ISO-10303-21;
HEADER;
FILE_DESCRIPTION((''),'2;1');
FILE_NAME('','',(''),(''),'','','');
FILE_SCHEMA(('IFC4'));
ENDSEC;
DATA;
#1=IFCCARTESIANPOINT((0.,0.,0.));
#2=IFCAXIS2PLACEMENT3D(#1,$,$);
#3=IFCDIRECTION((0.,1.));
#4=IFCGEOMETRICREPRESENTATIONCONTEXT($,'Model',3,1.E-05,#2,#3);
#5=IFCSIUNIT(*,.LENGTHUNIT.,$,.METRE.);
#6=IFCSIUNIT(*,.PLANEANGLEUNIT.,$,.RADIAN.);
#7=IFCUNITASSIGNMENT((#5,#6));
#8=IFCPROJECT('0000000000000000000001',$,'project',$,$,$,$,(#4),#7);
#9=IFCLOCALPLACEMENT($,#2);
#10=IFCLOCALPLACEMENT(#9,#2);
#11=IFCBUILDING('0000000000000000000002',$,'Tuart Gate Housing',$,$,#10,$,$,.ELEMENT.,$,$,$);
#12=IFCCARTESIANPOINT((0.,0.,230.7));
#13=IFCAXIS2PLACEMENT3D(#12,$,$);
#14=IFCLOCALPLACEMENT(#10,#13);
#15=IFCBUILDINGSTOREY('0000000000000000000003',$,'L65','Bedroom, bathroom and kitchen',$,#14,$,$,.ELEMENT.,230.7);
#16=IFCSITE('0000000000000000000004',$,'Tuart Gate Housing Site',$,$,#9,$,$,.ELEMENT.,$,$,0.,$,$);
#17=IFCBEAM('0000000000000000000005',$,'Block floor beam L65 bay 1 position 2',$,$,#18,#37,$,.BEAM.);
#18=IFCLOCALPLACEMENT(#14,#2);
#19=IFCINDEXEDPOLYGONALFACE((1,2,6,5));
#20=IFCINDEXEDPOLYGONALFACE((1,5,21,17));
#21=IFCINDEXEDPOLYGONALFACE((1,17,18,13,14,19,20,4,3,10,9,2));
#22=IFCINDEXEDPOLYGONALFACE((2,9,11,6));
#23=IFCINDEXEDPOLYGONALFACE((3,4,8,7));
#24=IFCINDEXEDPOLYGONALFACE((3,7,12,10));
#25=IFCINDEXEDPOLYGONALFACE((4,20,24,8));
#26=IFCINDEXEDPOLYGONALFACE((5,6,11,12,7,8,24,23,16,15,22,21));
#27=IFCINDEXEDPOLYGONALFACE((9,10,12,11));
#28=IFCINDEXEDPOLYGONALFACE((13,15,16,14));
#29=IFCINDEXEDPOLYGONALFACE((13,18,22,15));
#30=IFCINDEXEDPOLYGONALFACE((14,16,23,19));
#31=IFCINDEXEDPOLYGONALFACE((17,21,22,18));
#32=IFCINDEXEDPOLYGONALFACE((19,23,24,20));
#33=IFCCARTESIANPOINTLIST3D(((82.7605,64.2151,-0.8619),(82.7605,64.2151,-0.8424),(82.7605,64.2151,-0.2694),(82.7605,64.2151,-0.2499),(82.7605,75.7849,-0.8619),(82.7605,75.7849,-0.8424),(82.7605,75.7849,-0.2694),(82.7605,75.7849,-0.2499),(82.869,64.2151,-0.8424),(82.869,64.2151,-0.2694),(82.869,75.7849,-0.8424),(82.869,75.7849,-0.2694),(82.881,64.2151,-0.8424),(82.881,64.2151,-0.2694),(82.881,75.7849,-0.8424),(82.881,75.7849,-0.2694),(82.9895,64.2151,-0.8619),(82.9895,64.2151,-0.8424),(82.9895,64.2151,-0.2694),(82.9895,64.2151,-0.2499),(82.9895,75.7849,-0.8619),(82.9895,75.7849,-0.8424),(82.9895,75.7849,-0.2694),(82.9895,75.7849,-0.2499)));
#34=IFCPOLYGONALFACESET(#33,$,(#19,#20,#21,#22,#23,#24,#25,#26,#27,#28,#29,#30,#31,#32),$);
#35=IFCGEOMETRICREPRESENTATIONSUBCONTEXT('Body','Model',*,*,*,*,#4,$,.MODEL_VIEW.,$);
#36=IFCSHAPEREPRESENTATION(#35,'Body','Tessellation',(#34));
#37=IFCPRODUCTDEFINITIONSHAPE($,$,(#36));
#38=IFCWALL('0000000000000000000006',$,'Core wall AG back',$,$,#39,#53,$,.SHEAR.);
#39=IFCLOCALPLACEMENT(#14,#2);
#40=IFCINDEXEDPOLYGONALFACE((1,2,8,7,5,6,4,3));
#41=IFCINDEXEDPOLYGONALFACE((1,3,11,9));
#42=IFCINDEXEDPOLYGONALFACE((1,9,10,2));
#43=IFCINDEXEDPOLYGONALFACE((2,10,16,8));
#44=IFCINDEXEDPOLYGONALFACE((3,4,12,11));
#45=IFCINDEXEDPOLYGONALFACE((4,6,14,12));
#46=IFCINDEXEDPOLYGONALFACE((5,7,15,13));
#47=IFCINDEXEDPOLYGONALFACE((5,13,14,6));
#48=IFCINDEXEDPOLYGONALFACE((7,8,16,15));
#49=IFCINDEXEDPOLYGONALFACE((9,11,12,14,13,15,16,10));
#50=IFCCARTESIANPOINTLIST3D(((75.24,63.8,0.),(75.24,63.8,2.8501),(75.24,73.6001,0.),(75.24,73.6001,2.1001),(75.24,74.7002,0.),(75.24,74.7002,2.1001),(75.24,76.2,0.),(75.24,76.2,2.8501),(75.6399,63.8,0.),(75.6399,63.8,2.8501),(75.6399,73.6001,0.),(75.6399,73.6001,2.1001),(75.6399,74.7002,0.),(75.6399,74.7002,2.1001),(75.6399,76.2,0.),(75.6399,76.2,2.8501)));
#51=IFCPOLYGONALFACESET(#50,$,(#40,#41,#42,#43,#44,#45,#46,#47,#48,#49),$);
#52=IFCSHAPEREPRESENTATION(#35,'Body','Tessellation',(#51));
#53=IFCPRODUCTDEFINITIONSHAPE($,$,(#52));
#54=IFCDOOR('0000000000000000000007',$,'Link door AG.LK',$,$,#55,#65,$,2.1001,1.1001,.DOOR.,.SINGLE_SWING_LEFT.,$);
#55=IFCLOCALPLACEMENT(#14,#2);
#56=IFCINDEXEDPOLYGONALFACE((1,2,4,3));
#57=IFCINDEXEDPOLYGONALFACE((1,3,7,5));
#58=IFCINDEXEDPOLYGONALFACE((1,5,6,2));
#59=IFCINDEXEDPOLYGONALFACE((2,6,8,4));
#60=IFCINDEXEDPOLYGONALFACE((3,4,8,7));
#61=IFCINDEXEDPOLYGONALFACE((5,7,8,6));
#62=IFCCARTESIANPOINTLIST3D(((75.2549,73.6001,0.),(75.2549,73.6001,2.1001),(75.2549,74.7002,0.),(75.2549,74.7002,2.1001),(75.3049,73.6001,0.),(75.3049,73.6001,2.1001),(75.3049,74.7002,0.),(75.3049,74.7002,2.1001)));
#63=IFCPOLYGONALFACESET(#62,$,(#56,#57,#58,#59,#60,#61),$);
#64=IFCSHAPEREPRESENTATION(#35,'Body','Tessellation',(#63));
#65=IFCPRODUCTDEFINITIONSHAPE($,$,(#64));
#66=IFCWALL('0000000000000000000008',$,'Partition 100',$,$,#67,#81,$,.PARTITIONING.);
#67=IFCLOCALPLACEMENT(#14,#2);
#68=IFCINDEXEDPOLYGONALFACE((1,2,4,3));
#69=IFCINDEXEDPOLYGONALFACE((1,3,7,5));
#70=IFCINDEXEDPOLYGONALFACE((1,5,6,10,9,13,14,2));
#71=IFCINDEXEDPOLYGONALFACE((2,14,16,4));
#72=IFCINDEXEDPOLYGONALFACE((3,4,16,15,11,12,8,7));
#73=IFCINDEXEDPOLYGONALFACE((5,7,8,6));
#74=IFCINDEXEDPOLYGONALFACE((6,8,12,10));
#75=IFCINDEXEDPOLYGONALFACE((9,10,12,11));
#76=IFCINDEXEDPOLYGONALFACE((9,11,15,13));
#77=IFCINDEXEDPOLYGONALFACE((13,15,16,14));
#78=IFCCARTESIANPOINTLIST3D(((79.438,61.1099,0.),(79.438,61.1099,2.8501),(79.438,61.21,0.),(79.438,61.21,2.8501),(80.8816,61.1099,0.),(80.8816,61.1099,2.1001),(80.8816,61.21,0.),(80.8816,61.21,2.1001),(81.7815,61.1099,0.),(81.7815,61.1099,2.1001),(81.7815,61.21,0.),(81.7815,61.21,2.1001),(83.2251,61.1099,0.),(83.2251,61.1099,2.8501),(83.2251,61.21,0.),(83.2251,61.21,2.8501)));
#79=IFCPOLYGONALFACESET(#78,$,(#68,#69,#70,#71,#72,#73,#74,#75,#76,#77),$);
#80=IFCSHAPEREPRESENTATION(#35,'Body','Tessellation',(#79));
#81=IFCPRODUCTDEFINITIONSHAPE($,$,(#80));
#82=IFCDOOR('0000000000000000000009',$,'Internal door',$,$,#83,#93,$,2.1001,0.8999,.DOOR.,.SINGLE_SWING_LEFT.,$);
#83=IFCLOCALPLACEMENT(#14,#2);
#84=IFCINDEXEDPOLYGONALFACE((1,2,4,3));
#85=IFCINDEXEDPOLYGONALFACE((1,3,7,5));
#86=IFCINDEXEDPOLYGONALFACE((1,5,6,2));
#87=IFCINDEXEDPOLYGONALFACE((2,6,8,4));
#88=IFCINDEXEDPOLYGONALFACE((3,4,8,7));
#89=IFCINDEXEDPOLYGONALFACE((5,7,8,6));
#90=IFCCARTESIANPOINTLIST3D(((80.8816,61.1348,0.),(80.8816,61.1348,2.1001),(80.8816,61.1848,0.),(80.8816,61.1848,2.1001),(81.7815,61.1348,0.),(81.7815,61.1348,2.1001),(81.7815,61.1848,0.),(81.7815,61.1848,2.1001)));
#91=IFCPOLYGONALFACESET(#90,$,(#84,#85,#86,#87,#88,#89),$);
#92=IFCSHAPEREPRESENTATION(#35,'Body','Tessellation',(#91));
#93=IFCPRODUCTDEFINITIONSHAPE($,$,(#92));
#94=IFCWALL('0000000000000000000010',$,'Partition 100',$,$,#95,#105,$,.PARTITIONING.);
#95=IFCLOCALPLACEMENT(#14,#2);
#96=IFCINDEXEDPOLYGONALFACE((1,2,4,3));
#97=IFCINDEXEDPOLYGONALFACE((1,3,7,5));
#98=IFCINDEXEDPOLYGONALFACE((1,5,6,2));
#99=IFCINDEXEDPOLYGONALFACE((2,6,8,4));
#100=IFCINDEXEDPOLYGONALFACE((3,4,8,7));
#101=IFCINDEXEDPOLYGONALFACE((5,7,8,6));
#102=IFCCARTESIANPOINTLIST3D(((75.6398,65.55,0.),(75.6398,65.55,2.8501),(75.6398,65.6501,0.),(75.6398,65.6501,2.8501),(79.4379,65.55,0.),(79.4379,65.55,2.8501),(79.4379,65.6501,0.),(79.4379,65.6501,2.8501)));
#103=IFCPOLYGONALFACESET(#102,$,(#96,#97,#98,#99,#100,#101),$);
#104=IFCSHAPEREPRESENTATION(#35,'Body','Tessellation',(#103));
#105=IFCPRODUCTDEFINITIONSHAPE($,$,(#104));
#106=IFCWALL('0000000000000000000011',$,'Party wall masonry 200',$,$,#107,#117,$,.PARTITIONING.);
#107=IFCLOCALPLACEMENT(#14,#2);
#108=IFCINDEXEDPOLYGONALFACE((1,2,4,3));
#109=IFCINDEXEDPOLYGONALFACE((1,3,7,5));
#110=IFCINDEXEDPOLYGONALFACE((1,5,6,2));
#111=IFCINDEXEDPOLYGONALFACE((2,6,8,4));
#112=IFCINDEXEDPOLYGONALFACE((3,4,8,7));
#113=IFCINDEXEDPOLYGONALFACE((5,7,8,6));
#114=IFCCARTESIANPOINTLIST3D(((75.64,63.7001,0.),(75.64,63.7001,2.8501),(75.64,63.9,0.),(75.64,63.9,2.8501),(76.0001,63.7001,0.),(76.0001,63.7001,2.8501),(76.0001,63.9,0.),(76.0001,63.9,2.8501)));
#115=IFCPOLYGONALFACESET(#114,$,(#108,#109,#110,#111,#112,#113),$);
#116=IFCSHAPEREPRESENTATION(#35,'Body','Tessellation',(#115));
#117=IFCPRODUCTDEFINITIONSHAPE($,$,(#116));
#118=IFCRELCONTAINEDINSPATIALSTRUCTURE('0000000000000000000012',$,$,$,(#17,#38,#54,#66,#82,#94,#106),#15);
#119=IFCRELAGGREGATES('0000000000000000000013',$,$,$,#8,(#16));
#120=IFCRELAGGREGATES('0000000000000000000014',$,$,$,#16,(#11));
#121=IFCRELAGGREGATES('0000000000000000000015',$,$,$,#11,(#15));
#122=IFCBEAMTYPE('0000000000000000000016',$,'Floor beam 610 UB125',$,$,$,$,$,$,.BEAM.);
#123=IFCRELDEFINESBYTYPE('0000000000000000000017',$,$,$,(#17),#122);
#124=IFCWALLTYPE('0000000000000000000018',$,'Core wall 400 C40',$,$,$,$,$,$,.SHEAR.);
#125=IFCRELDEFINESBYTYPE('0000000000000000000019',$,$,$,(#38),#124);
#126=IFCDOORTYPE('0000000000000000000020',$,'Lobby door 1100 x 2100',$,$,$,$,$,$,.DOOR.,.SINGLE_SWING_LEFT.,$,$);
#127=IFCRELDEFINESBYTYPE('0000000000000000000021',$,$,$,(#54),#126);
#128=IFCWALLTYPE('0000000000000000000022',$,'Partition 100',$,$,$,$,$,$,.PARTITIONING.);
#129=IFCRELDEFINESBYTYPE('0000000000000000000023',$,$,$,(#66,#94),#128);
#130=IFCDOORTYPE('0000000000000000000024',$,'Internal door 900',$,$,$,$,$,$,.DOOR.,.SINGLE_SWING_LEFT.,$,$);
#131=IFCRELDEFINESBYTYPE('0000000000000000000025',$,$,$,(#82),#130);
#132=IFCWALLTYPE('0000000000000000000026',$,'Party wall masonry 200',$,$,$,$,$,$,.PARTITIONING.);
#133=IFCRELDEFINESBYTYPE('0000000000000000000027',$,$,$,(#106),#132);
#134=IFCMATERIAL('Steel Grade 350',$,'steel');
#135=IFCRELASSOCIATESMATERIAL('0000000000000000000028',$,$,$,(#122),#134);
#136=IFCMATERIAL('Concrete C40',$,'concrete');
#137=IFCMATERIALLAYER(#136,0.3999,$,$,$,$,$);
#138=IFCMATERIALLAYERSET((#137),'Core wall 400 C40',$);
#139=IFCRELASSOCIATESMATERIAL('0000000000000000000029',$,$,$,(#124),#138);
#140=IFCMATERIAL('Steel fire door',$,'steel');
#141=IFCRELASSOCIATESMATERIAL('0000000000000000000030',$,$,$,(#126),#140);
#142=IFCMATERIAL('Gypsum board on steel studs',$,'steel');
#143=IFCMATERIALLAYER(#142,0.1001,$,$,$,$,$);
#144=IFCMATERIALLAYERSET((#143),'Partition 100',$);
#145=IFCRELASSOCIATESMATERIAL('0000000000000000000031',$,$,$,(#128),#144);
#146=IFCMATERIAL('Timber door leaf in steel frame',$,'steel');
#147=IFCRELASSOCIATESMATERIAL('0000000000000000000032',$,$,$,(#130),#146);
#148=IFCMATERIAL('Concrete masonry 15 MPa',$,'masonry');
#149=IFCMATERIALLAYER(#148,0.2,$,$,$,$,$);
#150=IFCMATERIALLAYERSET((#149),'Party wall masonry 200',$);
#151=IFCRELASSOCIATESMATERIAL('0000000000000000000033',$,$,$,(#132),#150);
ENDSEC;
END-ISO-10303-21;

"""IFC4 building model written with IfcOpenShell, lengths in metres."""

from ifc_helpers import new_model, si_unit, direction, frame, frame_2d, origin, origin_2d, place, context, subcontext, project, spatial, rectangle, i_section, extrude, material, layer, layer_set, material_profile, profile_set, type_object, element, fill, save


model = new_model("IFC4")

# Units and contexts
model_context = context("Model", 3, precision=1e-05, world=origin(), true_north=direction((0.0, 1.0)))
body_context = subcontext(model_context, "Body", "Model", "MODEL_VIEW")
ifc_project = project(units=[si_unit("LENGTHUNIT", "METRE"), si_unit("PLANEANGLEUNIT", "RADIAN")], contexts=[model_context])

# Site, building, storey
site_placement = place(None, origin())
site = spatial("IfcSite", under=ifc_project, at=site_placement, Name="Tuart Gate Housing Site", CompositionType="ELEMENT", RefElevation=0.0)
building_placement = place(site_placement, origin())
building = spatial("IfcBuilding", under=site, at=building_placement, Name="Tuart Gate Housing", CompositionType="ELEMENT")
storey_placement = place(building_placement, frame((0.0, 0.0, 230.7)))
storey = spatial("IfcBuildingStorey", under=building, at=storey_placement, Name="L65", Description="Bedroom, bathroom and kitchen", CompositionType="ELEMENT", Elevation=230.7)

# Beam
ifc_material_1 = material(Name="Steel Grade 350", Category="steel")
ifc_material_profile = material_profile(ifc_material_1, i_section(OverallWidth=0.229, OverallDepth=0.6121, WebThickness=0.012, FlangeThickness=0.0195, at=origin_2d()), Name="610UB125")
ifc_profile_set = profile_set([ifc_material_profile], Name="Steel Grade 350")
beam_type = type_object("IfcBeamType", Name="Floor beam 610 UB125", PredefinedType="BEAM", material=ifc_profile_set)
beam_placement = place(storey_placement, frame((82.875, 64.2151, -0.5559), z_axis=(0.0, 1.0, 0.0), x_axis=(-1.0, 0.0, 0.0)))
element("IfcBeam", 1, at=beam_placement, inside=storey, type_object=beam_type, Name="Block floor beam L65 bay 1 position 2", PredefinedType="BEAM", context=body_context, shape_type="SweptSolid", body=[
    extrude(i_section(OverallWidth=0.229, OverallDepth=0.6121, WebThickness=0.012, FlangeThickness=0.0195, at=origin_2d()), origin(), (0.0, 0.0, 1.0), 11.5698),
])

# Walls, openings, doors
ifc_material_2 = material(Name="Concrete C40", Category="concrete")
ifc_layer_1 = layer(ifc_material_2, 0.3999)
ifc_layer_set_1 = layer_set([ifc_layer_1], Name="Core wall 400 C40")
wall_type_1 = type_object("IfcWallType", Name="Core wall 400 C40", PredefinedType="SHEAR", material=ifc_layer_set_1)
wall_1_placement = place(storey_placement, frame((75.4399, 63.8, 0.0), z_axis=(0.0, 0.0, 1.0), x_axis=(0.0, 1.0, 0.0)))
wall_1 = element("IfcWall", 2, at=wall_1_placement, inside=storey, type_object=wall_type_1, Name="Core wall AG back", PredefinedType="SHEAR", context=body_context, shape_type="SweptSolid", body=[
    extrude(rectangle(XDim=12.3999, YDim=0.3999, at=frame_2d((6.2, 0.0))), origin(), (0.0, 0.0, 1.0), 2.8501),
])
opening_1_placement = place(wall_1_placement, frame((9.8, 0.0, 0.0)))
opening_1 = element("IfcOpeningElement", 3, at=opening_1_placement, cuts=wall_1, PredefinedType="OPENING", context=body_context, shape_type="SweptSolid", body=[
    extrude(rectangle(XDim=1.1001, YDim=2.1001, at=frame_2d((0.55, 1.05))), frame((0.0, 0.21, 0.0), z_axis=(0.0, -1.0, 0.0), x_axis=(1.0, 0.0, 0.0)), (0.0, 0.0, 1.0), 0.4199),
])
ifc_material_3 = material(Name="Steel fire door", Category="steel")
door_type_1 = type_object("IfcDoorType", Name="Lobby door 1100 x 2100", OperationType="SINGLE_SWING_LEFT", PredefinedType="DOOR", material=ifc_material_3)
door_1_placement = place(opening_1_placement, origin())
door_1 = element("IfcDoor", 4, at=door_1_placement, inside=storey, type_object=door_type_1, Name="Link door AG.LK", OperationType="SINGLE_SWING_LEFT", OverallHeight=2.1001, OverallWidth=1.1001, PredefinedType="DOOR", context=body_context, shape_type="SweptSolid", body=[
    extrude(rectangle(XDim=1.1001, YDim=2.1001, at=frame_2d((0.55, 1.05))), frame((0.0, 0.1851, 0.0), z_axis=(0.0, -1.0, 0.0), x_axis=(1.0, 0.0, 0.0)), (0.0, 0.0, 1.0), 0.05),
])
fill(opening_1, door_1)
ifc_material_4 = material(Name="Gypsum board on steel studs", Category="steel")
ifc_layer_2 = layer(ifc_material_4, 0.1001)
ifc_layer_set_2 = layer_set([ifc_layer_2], Name="Partition 100")
wall_type_2 = type_object("IfcWallType", Name="Partition 100", PredefinedType="PARTITIONING", material=ifc_layer_set_2)
wall_2_placement = place(storey_placement, frame((79.438, 61.1599, 0.0), z_axis=(0.0, 0.0, 1.0), x_axis=(1.0, 0.0, 0.0)))
wall_2 = element("IfcWall", 5, at=wall_2_placement, inside=storey, type_object=wall_type_2, Name="Partition 100", PredefinedType="PARTITIONING", context=body_context, shape_type="SweptSolid", body=[
    extrude(rectangle(XDim=3.7871, YDim=0.1001, at=frame_2d((1.8936, 0.0))), origin(), (0.0, 0.0, 1.0), 2.8501),
])
opening_2_placement = place(wall_2_placement, frame((1.4436, 0.0, 0.0)))
opening_2 = element("IfcOpeningElement", 6, at=opening_2_placement, cuts=wall_2, PredefinedType="OPENING", context=body_context, shape_type="SweptSolid", body=[
    extrude(rectangle(XDim=0.8999, YDim=2.1001, at=frame_2d((0.45, 1.05))), frame((0.0, 0.0601, 0.0), z_axis=(0.0, -1.0, 0.0), x_axis=(1.0, 0.0, 0.0)), (0.0, 0.0, 1.0), 0.1201),
])
ifc_material_5 = material(Name="Timber door leaf in steel frame", Category="steel")
door_type_2 = type_object("IfcDoorType", Name="Internal door 900", OperationType="SINGLE_SWING_LEFT", PredefinedType="DOOR", material=ifc_material_5)
door_2_placement = place(opening_2_placement, origin())
door_2 = element("IfcDoor", 7, at=door_2_placement, inside=storey, type_object=door_type_2, Name="Internal door", OperationType="SINGLE_SWING_LEFT", OverallHeight=2.1001, OverallWidth=0.8999, PredefinedType="DOOR", context=body_context, shape_type="SweptSolid", body=[
    extrude(rectangle(XDim=0.8999, YDim=2.1001, at=frame_2d((0.45, 1.05))), frame((0.0, 0.0249, 0.0), z_axis=(0.0, -1.0, 0.0), x_axis=(1.0, 0.0, 0.0)), (0.0, 0.0, 1.0), 0.05),
])
fill(opening_2, door_2)

# Walls
wall_3_placement = place(storey_placement, frame((75.6399, 65.6001, 0.0), z_axis=(0.0, 0.0, 1.0), x_axis=(1.0, 0.0, 0.0)))
element("IfcWall", 8, at=wall_3_placement, inside=storey, type_object=wall_type_2, Name="Partition 100", PredefinedType="PARTITIONING", context=body_context, shape_type="SweptSolid", body=[
    extrude(rectangle(XDim=3.7981, YDim=0.1001, at=frame_2d((1.8989, 0.0))), origin(), (0.0, 0.0, 1.0), 2.8501),
])
ifc_material_6 = material(Name="Concrete masonry 15 MPa", Category="masonry")
ifc_layer_3 = layer(ifc_material_6, 0.2)
ifc_layer_set_3 = layer_set([ifc_layer_3], Name="Party wall masonry 200")
wall_type_3 = type_object("IfcWallType", Name="Party wall masonry 200", PredefinedType="PARTITIONING", material=ifc_layer_set_3)
wall_4_placement = place(storey_placement, frame((75.6399, 63.8, 0.0), z_axis=(0.0, 0.0, 1.0), x_axis=(1.0, 0.0, 0.0)))
element("IfcWall", 9, at=wall_4_placement, inside=storey, type_object=wall_type_3, Name="Party wall masonry 200", PredefinedType="PARTITIONING", context=body_context, shape_type="SweptSolid", body=[
    extrude(rectangle(XDim=0.3601, YDim=0.2, at=frame_2d((0.1802, 0.0))), origin(), (0.0, 0.0, 1.0), 2.8501),
])

save(model, "model.ifc")
